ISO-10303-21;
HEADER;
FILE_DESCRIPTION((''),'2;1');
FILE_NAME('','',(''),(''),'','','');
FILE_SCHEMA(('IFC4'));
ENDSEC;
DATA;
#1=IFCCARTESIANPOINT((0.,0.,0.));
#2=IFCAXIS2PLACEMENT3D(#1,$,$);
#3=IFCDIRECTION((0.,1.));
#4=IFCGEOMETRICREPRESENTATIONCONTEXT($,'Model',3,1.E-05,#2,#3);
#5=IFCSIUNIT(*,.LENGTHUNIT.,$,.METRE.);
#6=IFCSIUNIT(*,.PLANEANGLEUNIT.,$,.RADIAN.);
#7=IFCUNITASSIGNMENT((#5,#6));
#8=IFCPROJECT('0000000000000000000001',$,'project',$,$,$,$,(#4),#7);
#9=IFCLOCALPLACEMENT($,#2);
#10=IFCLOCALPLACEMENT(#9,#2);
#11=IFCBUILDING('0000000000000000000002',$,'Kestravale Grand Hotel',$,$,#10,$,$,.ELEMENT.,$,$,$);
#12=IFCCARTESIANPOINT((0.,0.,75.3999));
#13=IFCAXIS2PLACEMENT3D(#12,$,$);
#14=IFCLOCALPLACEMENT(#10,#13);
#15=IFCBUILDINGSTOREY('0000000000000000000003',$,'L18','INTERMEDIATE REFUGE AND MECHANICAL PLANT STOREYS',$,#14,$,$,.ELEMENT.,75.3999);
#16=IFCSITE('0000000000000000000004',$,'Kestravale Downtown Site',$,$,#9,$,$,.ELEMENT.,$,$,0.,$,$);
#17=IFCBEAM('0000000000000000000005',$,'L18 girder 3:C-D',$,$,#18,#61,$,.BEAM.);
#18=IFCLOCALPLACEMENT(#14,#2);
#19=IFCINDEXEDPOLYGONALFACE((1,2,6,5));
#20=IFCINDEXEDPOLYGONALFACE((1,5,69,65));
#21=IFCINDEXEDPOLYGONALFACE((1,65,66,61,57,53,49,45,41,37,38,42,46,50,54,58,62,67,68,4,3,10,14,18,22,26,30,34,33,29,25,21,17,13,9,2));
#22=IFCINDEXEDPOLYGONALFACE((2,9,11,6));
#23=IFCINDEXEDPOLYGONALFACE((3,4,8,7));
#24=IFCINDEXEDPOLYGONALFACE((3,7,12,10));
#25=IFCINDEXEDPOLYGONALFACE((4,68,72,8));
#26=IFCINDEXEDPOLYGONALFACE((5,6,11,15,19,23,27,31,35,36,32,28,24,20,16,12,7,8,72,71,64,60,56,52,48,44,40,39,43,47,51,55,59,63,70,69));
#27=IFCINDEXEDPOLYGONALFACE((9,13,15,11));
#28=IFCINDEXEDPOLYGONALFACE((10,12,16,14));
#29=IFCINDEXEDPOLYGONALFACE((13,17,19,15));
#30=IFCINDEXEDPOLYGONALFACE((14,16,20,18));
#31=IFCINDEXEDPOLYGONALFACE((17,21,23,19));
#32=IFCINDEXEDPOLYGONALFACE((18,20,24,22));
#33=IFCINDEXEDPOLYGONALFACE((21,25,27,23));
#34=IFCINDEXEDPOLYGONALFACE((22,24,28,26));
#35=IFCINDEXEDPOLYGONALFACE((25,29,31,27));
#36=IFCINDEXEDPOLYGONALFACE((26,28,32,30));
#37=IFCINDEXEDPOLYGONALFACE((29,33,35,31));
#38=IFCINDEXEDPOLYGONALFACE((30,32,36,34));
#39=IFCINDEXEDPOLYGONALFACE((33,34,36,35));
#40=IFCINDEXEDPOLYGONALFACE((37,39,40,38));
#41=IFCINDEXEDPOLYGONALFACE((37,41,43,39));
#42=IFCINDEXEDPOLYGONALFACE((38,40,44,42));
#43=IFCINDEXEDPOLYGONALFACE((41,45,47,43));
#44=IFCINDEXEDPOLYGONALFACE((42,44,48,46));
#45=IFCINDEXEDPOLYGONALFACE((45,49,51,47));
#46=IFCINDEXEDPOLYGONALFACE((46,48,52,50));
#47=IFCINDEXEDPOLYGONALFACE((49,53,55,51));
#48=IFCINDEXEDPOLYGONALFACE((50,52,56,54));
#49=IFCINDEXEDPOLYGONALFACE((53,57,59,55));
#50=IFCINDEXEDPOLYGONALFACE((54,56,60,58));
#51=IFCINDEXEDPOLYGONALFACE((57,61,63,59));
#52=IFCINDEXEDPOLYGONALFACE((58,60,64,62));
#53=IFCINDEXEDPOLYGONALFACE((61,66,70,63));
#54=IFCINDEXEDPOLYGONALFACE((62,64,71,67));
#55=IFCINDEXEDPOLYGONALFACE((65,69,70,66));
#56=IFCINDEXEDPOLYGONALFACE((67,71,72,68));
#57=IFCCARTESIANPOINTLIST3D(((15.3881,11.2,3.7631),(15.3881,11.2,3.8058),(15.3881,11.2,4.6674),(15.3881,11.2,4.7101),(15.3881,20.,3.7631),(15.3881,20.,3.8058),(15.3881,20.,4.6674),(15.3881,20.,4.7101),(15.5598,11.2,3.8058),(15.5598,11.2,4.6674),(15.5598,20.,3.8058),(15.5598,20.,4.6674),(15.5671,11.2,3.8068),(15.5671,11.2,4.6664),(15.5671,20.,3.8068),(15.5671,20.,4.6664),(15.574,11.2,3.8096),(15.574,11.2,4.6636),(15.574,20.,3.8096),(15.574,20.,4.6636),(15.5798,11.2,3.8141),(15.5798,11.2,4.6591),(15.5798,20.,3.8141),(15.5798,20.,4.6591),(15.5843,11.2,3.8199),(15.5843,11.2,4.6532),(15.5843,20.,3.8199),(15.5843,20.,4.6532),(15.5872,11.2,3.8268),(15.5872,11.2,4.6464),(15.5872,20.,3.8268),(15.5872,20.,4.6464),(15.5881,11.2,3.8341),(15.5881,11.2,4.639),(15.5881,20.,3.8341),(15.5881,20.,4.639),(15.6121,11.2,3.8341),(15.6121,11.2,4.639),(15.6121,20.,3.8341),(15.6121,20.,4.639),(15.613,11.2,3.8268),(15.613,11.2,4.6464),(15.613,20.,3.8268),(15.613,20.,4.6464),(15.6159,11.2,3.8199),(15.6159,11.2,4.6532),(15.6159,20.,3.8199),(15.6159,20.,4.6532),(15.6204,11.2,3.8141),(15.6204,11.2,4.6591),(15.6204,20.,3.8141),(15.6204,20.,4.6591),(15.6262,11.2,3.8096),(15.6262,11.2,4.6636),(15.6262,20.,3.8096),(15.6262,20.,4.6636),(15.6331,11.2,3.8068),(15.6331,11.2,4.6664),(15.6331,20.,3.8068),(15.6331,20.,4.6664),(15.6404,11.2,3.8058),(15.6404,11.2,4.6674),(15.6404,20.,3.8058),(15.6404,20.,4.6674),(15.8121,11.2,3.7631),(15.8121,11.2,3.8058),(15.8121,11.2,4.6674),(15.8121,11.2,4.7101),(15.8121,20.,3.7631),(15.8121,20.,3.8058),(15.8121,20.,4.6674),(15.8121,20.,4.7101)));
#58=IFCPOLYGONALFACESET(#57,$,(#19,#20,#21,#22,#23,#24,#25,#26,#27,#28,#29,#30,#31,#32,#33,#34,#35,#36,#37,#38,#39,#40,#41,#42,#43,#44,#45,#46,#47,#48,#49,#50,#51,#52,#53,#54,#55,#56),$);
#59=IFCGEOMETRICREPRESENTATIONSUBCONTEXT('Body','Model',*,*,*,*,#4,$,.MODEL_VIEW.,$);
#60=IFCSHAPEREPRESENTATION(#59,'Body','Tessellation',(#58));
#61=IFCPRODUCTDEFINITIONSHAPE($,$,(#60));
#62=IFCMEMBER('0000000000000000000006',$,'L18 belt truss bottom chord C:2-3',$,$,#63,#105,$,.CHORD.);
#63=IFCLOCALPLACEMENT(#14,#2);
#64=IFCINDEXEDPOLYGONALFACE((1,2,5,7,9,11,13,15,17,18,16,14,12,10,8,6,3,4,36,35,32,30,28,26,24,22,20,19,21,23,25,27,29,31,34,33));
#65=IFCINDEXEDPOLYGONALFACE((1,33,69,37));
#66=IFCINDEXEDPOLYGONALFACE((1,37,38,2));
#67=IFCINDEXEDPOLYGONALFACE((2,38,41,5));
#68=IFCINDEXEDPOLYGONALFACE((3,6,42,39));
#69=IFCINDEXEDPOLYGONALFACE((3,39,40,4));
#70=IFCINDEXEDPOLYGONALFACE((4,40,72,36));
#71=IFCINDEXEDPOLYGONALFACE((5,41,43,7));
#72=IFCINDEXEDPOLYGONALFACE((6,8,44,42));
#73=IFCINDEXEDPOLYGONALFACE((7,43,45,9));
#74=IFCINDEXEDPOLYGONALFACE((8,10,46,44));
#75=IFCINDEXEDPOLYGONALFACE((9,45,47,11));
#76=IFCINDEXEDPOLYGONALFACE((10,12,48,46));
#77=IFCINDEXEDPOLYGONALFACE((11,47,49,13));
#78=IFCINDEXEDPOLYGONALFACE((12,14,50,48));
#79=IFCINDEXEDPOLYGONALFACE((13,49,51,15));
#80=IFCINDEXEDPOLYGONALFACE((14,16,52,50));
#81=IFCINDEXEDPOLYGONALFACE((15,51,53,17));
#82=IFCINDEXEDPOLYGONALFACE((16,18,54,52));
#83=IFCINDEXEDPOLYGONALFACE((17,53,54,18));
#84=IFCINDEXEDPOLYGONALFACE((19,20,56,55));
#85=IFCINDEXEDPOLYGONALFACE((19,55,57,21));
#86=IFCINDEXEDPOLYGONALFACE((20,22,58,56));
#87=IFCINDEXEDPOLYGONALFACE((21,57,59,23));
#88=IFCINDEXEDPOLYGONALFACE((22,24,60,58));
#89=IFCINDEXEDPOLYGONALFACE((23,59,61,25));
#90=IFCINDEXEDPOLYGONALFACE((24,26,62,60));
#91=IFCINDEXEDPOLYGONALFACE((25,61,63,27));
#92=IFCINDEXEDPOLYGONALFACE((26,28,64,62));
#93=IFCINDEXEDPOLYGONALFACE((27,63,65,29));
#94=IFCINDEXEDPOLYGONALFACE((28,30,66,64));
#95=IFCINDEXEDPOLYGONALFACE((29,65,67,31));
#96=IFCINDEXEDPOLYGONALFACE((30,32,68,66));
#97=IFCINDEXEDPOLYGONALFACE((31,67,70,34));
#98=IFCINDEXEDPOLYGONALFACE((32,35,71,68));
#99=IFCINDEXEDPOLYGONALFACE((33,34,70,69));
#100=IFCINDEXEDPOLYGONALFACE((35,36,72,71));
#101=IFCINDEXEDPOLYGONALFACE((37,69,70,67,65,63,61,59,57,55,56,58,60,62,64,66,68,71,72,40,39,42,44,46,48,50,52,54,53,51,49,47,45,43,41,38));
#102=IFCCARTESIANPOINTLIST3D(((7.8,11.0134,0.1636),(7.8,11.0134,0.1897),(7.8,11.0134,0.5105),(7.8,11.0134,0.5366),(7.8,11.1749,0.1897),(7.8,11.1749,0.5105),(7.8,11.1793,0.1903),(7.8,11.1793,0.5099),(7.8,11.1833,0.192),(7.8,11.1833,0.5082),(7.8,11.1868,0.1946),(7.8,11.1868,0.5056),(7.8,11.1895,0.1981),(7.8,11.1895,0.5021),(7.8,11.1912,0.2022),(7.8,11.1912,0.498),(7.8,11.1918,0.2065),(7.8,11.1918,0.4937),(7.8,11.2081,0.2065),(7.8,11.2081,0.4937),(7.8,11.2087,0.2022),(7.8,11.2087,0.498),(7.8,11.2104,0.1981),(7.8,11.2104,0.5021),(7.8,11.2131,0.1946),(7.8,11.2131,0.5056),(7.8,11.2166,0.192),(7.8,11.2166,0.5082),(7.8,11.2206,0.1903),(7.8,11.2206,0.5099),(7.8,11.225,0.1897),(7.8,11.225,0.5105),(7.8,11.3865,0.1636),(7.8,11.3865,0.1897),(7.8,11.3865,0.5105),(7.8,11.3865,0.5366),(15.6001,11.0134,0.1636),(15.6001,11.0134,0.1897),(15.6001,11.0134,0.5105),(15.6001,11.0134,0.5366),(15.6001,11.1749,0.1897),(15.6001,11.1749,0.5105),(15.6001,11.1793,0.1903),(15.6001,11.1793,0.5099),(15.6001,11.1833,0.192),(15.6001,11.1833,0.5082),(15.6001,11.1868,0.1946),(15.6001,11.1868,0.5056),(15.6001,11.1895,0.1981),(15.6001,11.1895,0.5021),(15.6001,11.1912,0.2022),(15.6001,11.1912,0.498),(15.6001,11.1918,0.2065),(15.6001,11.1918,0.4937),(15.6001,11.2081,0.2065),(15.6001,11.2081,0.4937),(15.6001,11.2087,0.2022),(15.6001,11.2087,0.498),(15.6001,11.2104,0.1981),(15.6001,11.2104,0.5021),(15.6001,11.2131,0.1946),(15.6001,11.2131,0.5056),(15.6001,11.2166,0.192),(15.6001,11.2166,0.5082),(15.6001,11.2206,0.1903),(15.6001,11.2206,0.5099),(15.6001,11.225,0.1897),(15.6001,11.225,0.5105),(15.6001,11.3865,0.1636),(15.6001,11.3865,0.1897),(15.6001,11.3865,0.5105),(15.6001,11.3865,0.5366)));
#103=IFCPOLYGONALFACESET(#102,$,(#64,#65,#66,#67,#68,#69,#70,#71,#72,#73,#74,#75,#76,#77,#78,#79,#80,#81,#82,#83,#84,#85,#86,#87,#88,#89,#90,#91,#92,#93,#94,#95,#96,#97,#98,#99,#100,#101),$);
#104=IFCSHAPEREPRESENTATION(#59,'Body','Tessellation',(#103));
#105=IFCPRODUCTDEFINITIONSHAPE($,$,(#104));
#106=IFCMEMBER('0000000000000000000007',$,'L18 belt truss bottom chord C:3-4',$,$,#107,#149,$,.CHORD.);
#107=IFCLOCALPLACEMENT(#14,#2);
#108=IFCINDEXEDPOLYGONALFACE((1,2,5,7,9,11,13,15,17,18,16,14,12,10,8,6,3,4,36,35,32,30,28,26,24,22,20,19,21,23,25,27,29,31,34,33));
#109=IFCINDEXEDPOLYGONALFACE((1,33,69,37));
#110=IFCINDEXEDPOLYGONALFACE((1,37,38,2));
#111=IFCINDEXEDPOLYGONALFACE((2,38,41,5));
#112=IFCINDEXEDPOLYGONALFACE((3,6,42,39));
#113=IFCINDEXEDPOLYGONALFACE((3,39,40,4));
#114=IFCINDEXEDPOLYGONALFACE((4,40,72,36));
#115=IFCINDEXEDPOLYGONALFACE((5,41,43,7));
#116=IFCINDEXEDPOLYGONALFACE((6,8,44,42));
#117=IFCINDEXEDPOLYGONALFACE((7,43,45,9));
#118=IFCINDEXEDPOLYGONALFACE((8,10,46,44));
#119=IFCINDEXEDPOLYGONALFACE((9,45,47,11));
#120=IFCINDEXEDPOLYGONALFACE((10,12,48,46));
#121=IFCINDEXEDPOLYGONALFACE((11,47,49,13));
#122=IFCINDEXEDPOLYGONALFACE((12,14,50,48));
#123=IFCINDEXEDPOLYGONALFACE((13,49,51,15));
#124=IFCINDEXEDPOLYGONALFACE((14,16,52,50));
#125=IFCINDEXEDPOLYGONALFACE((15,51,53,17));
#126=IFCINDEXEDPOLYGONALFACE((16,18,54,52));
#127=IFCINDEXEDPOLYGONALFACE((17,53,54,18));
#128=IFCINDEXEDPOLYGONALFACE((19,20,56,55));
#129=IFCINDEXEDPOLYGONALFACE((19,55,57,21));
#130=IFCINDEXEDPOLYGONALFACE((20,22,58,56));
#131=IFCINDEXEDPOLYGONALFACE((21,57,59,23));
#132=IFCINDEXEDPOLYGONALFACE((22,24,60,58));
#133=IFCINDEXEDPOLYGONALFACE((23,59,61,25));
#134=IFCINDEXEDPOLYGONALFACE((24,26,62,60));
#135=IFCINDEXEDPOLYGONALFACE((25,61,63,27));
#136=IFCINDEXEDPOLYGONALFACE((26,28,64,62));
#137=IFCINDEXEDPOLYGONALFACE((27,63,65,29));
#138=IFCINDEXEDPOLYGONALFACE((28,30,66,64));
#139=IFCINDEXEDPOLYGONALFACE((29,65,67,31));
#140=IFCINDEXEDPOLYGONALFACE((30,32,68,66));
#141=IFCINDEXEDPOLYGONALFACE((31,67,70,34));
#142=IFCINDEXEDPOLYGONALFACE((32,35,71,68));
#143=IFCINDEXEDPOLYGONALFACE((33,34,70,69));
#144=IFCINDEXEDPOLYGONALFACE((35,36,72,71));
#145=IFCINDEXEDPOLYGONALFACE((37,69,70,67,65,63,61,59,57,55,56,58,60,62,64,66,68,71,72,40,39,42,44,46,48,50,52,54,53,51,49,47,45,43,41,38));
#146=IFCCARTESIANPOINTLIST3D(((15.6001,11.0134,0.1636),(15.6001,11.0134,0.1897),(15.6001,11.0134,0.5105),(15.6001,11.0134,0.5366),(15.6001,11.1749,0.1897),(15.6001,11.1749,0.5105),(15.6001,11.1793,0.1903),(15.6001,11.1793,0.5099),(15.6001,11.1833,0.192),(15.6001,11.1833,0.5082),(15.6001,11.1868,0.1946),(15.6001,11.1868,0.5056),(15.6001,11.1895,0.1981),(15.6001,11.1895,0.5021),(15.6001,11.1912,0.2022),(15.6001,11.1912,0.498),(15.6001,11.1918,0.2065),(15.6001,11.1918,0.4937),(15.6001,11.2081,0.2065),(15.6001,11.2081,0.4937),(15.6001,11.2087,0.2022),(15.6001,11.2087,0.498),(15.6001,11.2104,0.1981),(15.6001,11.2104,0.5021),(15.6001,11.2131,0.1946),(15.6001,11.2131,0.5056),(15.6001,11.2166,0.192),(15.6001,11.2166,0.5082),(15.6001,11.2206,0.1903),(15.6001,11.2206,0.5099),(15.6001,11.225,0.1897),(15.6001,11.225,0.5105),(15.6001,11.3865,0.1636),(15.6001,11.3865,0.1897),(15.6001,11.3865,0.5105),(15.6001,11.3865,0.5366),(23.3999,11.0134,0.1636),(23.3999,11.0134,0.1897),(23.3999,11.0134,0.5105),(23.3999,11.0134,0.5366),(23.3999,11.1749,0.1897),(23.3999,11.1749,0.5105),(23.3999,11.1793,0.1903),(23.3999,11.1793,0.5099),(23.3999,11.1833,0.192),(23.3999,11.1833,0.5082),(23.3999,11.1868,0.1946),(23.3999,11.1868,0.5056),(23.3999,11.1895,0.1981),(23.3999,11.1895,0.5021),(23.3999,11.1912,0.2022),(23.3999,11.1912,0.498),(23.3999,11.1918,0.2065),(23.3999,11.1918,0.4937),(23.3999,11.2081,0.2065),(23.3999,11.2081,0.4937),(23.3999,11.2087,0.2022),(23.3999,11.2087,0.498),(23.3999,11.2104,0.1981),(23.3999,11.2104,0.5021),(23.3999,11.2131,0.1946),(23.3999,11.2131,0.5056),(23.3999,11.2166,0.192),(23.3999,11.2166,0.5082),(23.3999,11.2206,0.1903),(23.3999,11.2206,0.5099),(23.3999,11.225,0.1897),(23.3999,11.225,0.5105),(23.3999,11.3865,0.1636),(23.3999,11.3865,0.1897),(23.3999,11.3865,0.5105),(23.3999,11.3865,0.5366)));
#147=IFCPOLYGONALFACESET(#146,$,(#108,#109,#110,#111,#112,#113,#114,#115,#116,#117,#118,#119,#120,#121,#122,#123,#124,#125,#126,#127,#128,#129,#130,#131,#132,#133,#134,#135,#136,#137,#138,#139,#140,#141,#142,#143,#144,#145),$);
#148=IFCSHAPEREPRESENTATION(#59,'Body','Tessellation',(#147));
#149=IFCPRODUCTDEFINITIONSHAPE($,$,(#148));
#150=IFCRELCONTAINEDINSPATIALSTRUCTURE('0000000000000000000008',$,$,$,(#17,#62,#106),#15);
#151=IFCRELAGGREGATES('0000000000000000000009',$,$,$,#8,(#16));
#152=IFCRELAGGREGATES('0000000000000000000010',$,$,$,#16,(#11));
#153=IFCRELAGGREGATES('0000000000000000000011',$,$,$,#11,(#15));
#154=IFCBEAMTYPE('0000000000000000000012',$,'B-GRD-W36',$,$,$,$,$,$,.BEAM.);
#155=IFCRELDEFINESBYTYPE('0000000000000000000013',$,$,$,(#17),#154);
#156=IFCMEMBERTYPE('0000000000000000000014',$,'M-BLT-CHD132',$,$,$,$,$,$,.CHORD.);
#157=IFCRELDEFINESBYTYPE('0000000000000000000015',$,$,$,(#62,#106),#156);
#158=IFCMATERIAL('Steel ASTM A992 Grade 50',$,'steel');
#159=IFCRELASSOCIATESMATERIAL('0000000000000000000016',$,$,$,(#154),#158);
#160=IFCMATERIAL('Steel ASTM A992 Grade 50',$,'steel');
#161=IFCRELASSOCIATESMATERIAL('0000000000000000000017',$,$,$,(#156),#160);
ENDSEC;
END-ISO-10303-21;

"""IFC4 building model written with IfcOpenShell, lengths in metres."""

from ifc_helpers import new_model, si_unit, direction, frame, origin, origin_2d, place, context, subcontext, project, spatial, i_section, extrude, material, material_profile, profile_set, type_object, element, save


model = new_model("IFC4")

# Units and contexts
model_context = context("Model", 3, precision=1e-05, world=origin(), true_north=direction((0.0, 1.0)))
body_context = subcontext(model_context, "Body", "Model", "MODEL_VIEW")
ifc_project = project(units=[si_unit("LENGTHUNIT", "METRE"), si_unit("PLANEANGLEUNIT", "RADIAN")], contexts=[model_context])

# Site, building, storey
site_placement = place(None, origin())
site = spatial("IfcSite", under=ifc_project, at=site_placement, Name="Kestravale Downtown Site", CompositionType="ELEMENT", RefElevation=0.0)
building_placement = place(site_placement, origin())
building = spatial("IfcBuilding", under=site, at=building_placement, Name="Kestravale Grand Hotel", CompositionType="ELEMENT")
storey_placement = place(building_placement, frame((0.0, 0.0, 75.3999)))
storey = spatial("IfcBuildingStorey", under=building, at=storey_placement, Name="L18", Description="INTERMEDIATE REFUGE AND MECHANICAL PLANT STOREYS", CompositionType="ELEMENT", Elevation=75.3999)

# Beam
ifc_material_1 = material(Name="Steel ASTM A992 Grade 50", Category="steel")
ifc_material_profile_1 = material_profile(ifc_material_1, i_section(OverallWidth=0.4241, OverallDepth=0.947, WebThickness=0.0239, FlangeThickness=0.0427, FilletRadius=0.0283, at=origin_2d()))
ifc_profile_set_1 = profile_set([ifc_material_profile_1], Name="Steel ASTM A992 Grade 50")
beam_type = type_object("IfcBeamType", Name="B-GRD-W36", PredefinedType="BEAM", material=ifc_profile_set_1)
for number, where, z_axis, x_axis, name in (
    (1, (15.6001, 11.2, 4.2366), (0.0, 1.0, 0.0), (-1.0, 0.0, 0.0), "L18 girder 3:C-D"),
):
    element("IfcBeam", number, at=place(storey_placement, frame(where, z_axis=z_axis, x_axis=x_axis)), inside=storey, type_object=beam_type, Name=name, PredefinedType="BEAM", context=body_context, shape_type="SweptSolid", body=[
        extrude(i_section(OverallWidth=0.4241, OverallDepth=0.947, WebThickness=0.0239, FlangeThickness=0.0427, FilletRadius=0.0283, at=origin_2d()), origin(), (0.0, 0.0, 1.0), 8.8),
    ])

# Members
ifc_material_2 = material(Name="Steel ASTM A992 Grade 50", Category="steel")
ifc_material_profile_2 = material_profile(ifc_material_2, i_section(OverallWidth=0.373, OverallDepth=0.373, WebThickness=0.0164, FlangeThickness=0.0261, FilletRadius=0.0168, at=origin_2d()))
ifc_profile_set_2 = profile_set([ifc_material_profile_2], Name="Steel ASTM A992 Grade 50")
member_type_1 = type_object("IfcMemberType", Name="M-BLT-CHD132", PredefinedType="CHORD", material=ifc_profile_set_2)
member_1_placement = place(storey_placement, frame((7.8, 11.2, 0.3501), z_axis=(1.0, 0.0, 0.0), x_axis=(0.0, 1.0, 0.0)))
element("IfcMember", 2, at=member_1_placement, inside=storey, type_object=member_type_1, Name="L18 belt truss bottom chord C:2-3", PredefinedType="CHORD", context=body_context, shape_type="SweptSolid", body=[
    extrude(i_section(OverallWidth=0.373, OverallDepth=0.373, WebThickness=0.0164, FlangeThickness=0.0261, FilletRadius=0.0168, at=origin_2d()), origin(), (0.0, 0.0, 1.0), 7.8),
])
member_2_placement = place(storey_placement, frame((15.6001, 11.2, 0.3501), z_axis=(1.0, 0.0, 0.0), x_axis=(0.0, 1.0, 0.0)))
element("IfcMember", 3, at=member_2_placement, inside=storey, type_object=member_type_1, Name="L18 belt truss bottom chord C:3-4", PredefinedType="CHORD", context=body_context, shape_type="SweptSolid", body=[
    extrude(i_section(OverallWidth=0.373, OverallDepth=0.373, WebThickness=0.0164, FlangeThickness=0.0261, FilletRadius=0.0168, at=origin_2d()), origin(), (0.0, 0.0, 1.0), 7.7998),
])

save(model, "model.ifc")
